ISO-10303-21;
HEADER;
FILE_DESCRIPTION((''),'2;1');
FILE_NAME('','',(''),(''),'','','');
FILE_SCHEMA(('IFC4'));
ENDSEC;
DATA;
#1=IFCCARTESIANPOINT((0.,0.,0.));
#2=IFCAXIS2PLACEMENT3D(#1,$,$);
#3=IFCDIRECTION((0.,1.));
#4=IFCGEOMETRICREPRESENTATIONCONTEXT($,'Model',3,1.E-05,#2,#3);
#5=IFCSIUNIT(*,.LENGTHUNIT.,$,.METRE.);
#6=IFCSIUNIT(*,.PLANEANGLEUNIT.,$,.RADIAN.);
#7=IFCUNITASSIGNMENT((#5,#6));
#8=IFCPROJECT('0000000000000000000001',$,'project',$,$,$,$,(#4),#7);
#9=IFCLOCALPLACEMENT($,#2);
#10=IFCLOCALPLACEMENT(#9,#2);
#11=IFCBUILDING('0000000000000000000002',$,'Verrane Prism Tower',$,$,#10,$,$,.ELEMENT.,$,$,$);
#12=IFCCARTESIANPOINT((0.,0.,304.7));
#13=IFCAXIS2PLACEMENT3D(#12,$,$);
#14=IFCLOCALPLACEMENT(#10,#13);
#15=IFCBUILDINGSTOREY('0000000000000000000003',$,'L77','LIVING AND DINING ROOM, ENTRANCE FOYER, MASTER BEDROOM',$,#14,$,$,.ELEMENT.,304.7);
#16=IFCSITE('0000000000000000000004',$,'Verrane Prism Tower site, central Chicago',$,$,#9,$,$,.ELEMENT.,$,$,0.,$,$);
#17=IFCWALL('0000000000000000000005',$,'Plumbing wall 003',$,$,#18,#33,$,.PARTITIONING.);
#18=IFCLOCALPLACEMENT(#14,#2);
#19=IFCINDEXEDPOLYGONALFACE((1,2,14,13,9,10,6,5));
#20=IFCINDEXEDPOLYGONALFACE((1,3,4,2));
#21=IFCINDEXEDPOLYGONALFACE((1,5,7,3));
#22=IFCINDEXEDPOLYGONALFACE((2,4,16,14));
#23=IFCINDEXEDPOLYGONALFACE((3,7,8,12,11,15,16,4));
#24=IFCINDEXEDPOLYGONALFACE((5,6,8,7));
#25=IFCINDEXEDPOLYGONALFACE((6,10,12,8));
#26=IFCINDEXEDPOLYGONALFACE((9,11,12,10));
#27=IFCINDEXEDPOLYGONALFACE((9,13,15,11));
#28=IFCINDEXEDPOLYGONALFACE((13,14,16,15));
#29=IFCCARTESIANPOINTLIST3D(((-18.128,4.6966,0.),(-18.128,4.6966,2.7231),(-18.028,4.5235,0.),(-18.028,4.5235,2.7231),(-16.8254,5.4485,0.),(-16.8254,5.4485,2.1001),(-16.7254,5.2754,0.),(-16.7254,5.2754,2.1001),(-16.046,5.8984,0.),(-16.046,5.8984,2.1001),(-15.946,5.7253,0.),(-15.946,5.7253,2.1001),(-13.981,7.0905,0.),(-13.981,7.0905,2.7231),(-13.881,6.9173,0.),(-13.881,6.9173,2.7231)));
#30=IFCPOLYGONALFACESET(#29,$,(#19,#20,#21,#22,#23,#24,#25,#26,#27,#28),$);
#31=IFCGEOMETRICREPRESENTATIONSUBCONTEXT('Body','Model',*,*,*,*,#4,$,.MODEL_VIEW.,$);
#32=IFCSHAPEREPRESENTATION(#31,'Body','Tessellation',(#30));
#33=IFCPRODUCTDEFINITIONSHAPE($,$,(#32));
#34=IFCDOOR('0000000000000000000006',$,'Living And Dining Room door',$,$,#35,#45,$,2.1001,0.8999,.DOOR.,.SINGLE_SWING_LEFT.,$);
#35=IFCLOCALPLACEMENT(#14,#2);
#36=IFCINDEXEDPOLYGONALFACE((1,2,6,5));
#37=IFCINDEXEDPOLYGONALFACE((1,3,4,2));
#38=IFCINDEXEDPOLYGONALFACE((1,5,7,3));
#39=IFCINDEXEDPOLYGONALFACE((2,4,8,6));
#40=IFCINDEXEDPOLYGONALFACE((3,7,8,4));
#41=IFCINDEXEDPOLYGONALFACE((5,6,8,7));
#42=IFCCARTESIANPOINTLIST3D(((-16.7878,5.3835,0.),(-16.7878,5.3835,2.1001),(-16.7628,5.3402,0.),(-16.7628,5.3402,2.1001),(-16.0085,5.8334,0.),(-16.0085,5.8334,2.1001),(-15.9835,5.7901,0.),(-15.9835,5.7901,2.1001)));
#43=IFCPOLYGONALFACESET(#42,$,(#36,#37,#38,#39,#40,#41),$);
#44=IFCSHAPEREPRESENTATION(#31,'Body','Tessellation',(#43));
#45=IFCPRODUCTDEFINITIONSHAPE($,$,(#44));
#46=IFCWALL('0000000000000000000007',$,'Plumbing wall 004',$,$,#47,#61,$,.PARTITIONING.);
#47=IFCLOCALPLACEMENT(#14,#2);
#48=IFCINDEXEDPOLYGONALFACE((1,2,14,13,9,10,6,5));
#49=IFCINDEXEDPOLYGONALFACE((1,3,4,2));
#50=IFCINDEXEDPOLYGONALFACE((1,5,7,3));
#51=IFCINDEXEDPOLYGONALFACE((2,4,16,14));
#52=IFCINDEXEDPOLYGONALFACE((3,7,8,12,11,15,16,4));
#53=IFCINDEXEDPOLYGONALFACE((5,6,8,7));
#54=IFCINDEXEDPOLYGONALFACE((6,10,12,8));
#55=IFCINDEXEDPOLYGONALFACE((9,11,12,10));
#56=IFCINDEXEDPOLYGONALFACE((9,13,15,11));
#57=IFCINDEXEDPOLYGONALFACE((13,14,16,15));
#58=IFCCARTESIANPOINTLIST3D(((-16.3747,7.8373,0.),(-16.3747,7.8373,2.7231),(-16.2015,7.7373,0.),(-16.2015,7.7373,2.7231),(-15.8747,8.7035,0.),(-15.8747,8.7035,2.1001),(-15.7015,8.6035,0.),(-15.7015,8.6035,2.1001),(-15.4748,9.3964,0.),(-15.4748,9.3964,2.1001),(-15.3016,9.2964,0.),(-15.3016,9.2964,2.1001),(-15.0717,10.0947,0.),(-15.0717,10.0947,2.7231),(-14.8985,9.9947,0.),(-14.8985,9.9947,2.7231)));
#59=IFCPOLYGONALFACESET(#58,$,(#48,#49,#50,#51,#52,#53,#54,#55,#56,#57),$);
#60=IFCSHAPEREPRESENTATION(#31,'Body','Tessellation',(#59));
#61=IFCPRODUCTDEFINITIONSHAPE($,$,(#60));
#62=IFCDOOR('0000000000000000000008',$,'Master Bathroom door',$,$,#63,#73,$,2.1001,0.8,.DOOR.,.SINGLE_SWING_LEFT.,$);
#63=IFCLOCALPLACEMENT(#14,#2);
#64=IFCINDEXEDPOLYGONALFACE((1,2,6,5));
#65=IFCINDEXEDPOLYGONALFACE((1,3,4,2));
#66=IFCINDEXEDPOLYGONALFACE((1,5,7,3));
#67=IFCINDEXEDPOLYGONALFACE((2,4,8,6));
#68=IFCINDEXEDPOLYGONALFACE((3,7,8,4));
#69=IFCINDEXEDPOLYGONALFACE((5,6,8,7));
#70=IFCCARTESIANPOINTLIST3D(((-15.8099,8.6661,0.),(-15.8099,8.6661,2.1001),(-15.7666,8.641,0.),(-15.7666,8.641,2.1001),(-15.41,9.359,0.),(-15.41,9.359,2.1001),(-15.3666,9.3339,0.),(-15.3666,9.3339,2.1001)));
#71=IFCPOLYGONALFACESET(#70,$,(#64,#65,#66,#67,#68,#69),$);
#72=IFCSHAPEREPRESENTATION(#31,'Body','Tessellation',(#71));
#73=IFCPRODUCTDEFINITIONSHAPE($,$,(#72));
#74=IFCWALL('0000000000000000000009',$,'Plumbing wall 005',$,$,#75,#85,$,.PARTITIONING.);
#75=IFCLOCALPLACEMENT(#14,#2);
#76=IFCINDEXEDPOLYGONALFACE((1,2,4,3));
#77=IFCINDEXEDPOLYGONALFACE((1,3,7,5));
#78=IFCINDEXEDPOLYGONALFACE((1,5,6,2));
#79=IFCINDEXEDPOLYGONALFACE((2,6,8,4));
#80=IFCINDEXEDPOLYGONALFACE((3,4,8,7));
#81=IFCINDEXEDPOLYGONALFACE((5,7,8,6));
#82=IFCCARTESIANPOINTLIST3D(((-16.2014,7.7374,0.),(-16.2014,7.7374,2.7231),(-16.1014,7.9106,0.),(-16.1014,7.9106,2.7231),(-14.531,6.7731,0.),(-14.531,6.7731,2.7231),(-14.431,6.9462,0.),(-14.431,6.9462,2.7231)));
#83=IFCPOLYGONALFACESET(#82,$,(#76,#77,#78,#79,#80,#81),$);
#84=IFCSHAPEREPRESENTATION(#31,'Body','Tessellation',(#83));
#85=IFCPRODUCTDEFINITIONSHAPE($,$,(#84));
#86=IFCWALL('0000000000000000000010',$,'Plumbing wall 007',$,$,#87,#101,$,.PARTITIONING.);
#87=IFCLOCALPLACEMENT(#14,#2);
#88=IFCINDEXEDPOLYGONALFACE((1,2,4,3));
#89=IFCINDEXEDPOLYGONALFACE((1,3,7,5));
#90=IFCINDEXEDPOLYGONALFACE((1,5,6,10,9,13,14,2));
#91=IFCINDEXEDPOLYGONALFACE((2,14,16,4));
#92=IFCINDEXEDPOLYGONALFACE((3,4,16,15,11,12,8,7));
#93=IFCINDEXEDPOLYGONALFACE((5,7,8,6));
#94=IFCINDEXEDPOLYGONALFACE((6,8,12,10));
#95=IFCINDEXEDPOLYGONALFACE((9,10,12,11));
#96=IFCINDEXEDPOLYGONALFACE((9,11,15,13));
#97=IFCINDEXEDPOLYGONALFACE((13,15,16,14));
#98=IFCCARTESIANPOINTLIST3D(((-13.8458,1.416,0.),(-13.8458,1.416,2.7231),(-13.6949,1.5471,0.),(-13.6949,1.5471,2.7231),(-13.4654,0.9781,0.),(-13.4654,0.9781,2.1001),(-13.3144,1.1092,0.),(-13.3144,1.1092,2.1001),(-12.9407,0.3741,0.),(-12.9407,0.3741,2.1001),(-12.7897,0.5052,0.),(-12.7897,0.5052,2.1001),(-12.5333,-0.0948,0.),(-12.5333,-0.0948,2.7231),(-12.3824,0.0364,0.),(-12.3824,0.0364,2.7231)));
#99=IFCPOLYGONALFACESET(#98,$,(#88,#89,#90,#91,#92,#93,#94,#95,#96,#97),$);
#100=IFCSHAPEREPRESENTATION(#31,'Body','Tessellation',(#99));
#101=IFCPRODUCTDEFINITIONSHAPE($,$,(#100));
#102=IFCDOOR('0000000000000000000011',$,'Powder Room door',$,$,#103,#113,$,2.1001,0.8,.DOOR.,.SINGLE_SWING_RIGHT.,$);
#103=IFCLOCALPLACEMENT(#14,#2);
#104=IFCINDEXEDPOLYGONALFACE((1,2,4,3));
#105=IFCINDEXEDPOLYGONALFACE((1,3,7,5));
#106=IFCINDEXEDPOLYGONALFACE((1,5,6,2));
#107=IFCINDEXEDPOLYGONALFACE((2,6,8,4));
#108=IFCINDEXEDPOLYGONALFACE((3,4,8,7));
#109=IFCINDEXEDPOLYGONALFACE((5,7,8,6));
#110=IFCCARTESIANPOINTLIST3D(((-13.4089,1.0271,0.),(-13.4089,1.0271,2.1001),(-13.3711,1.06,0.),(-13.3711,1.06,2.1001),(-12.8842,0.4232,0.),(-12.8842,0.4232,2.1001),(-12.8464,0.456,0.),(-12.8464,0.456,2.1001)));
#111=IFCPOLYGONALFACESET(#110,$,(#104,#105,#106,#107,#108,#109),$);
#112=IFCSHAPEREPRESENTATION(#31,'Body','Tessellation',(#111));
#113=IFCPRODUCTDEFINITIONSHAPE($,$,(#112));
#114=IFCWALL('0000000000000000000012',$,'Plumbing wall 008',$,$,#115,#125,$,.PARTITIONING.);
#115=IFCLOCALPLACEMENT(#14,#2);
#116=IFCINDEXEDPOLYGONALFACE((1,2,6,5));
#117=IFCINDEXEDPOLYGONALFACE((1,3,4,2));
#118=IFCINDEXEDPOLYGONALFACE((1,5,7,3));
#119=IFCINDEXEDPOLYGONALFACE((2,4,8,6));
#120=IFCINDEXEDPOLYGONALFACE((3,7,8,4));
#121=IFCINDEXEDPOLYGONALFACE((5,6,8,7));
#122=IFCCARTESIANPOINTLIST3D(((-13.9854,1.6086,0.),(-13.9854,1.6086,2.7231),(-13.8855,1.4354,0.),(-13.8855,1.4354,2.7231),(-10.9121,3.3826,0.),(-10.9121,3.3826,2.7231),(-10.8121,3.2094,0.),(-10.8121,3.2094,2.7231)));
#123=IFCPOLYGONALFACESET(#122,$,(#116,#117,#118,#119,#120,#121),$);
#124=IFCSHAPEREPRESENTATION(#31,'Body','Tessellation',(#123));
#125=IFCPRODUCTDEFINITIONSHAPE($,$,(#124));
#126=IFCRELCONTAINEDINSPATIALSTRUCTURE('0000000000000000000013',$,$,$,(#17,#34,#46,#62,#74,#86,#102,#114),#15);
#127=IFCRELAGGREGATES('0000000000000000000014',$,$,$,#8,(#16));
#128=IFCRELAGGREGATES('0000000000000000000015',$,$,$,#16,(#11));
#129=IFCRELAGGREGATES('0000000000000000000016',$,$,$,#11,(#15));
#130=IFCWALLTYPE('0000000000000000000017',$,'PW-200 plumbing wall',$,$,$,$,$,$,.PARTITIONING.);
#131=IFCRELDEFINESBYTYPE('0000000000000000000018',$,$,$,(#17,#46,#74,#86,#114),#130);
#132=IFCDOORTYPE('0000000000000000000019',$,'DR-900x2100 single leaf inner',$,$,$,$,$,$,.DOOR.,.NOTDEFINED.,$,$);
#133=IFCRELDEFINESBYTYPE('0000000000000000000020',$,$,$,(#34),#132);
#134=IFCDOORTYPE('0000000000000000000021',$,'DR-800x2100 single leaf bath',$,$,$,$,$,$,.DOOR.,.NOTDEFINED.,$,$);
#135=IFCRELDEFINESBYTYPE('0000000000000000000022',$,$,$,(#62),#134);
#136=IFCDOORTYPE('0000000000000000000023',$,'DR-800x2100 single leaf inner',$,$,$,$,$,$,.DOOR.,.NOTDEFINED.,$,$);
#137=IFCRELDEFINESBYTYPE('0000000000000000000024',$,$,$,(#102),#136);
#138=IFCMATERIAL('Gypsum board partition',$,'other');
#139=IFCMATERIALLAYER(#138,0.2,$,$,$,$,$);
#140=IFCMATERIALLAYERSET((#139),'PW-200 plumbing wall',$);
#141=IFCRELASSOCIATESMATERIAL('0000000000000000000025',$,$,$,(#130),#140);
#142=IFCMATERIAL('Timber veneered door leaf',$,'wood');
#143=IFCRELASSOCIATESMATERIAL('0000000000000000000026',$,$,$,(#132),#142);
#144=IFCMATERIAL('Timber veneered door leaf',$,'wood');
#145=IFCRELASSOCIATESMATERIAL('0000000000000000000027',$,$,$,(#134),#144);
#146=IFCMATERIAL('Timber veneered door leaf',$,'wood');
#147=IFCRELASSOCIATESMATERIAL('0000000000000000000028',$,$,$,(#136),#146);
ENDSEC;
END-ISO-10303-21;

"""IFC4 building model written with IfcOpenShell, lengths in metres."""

from ifc_helpers import new_model, si_unit, direction, frame, frame_2d, origin, place, context, subcontext, project, spatial, rectangle, extrude, material, layer, layer_set, type_object, element, fill, save


model = new_model("IFC4")

# Units and contexts
model_context = context("Model", 3, precision=1e-05, world=origin(), true_north=direction((0.0, 1.0)))
body_context = subcontext(model_context, "Body", "Model", "MODEL_VIEW")
ifc_project = project(units=[si_unit("LENGTHUNIT", "METRE"), si_unit("PLANEANGLEUNIT", "RADIAN")], contexts=[model_context])

# Site, building, storey
site_placement = place(None, origin())
site = spatial("IfcSite", under=ifc_project, at=site_placement, Name="Verrane Prism Tower site, central Chicago", CompositionType="ELEMENT", RefElevation=0.0)
building_placement = place(site_placement, origin())
building = spatial("IfcBuilding", under=site, at=building_placement, Name="Verrane Prism Tower", CompositionType="ELEMENT")
storey_placement = place(building_placement, frame((0.0, 0.0, 304.7)))
storey = spatial("IfcBuildingStorey", under=building, at=storey_placement, Name="L77", Description="LIVING AND DINING ROOM, ENTRANCE FOYER, MASTER BEDROOM", CompositionType="ELEMENT", Elevation=304.7)

# Walls, openings, doors
ifc_material_1 = material(Name="Gypsum board partition", Category="other")
ifc_layer_1 = layer(ifc_material_1, 0.2)
ifc_layer_set_1 = layer_set([ifc_layer_1], Name="PW-200 plumbing wall")
wall_type_1 = type_object("IfcWallType", Name="PW-200 plumbing wall", PredefinedType="PARTITIONING", material=ifc_layer_set_1)
wall_1_placement = place(storey_placement, frame((-18.0779, 4.6101, 0.0), z_axis=(0.0, 0.0, 1.0), x_axis=(0.866067, 0.499928, 0.0)))
wall_1 = element("IfcWall", 1, at=wall_1_placement, inside=storey, type_object=wall_type_1, Name="Plumbing wall 003", PredefinedType="PARTITIONING", context=body_context, shape_type="SweptSolid", body=[
    extrude(rectangle(XDim=4.7883, YDim=0.2, at=frame_2d((2.394, 0.0))), origin(), (0.0, 0.0, 1.0), 2.7231),
])
opening_1_placement = place(wall_1_placement, frame((1.5039, 0.0, 0.0)))
opening_1 = element("IfcOpeningElement", 2, at=opening_1_placement, cuts=wall_1, PredefinedType="OPENING", context=body_context, shape_type="SweptSolid", body=[
    extrude(rectangle(XDim=0.8999, YDim=2.1001, at=frame_2d((0.45, 1.05))), frame((0.0, 0.1099, 0.0), z_axis=(0.0, -1.0, 0.0), x_axis=(1.0, 0.0, 0.0)), (0.0, 0.0, 1.0), 0.22),
])
ifc_material_2 = material(Name="Timber veneered door leaf", Category="wood")
door_type_1 = type_object("IfcDoorType", Name="DR-900x2100 single leaf inner", OperationType="NOTDEFINED", PredefinedType="DOOR", material=ifc_material_2)
door_1_placement = place(opening_1_placement, origin())
door_1 = element("IfcDoor", 3, at=door_1_placement, inside=storey, type_object=door_type_1, Name="Living And Dining Room door", OperationType="SINGLE_SWING_LEFT", OverallHeight=2.1001, OverallWidth=0.8999, PredefinedType="DOOR", context=body_context, shape_type="SweptSolid", body=[
    extrude(rectangle(XDim=0.8999, YDim=2.1001, at=frame_2d((0.45, 1.05))), frame((0.0, 0.0249, 0.0), z_axis=(0.0, -1.0, 0.0), x_axis=(1.0, 0.0, 0.0)), (0.0, 0.0, 1.0), 0.05),
])
fill(opening_1, door_1)
wall_2_placement = place(storey_placement, frame((-14.9851, 10.0447, 0.0), z_axis=(0.0, 0.0, 1.0), x_axis=(-0.499917, -0.866073, 0.0)))
wall_2 = element("IfcWall", 4, at=wall_2_placement, inside=storey, type_object=wall_type_1, Name="Plumbing wall 004", PredefinedType="PARTITIONING", context=body_context, shape_type="SweptSolid", body=[
    extrude(rectangle(XDim=2.6064, YDim=0.2, at=frame_2d((1.3032, 0.0))), origin(), (0.0, 0.0, 1.0), 2.7231),
])
opening_2_placement = place(wall_2_placement, frame((0.8064, 0.0, 0.0)))
opening_2 = element("IfcOpeningElement", 5, at=opening_2_placement, cuts=wall_2, PredefinedType="OPENING", context=body_context, shape_type="SweptSolid", body=[
    extrude(rectangle(XDim=0.8, YDim=2.1001, at=frame_2d((0.3999, 1.05))), frame((0.0, 0.1099, 0.0), z_axis=(0.0, -1.0, 0.0), x_axis=(1.0, 0.0, 0.0)), (0.0, 0.0, 1.0), 0.22),
])
ifc_material_3 = material(Name="Timber veneered door leaf", Category="wood")
door_type_2 = type_object("IfcDoorType", Name="DR-800x2100 single leaf bath", OperationType="NOTDEFINED", PredefinedType="DOOR", material=ifc_material_3)
door_2_placement = place(opening_2_placement, origin())
door_2 = element("IfcDoor", 6, at=door_2_placement, inside=storey, type_object=door_type_2, Name="Master Bathroom door", OperationType="SINGLE_SWING_LEFT", OverallHeight=2.1001, OverallWidth=0.8, PredefinedType="DOOR", context=body_context, shape_type="SweptSolid", body=[
    extrude(rectangle(XDim=0.8, YDim=2.1001, at=frame_2d((0.3999, 1.05))), frame((0.0, 0.0249, 0.0), z_axis=(0.0, -1.0, 0.0), x_axis=(1.0, 0.0, 0.0)), (0.0, 0.0, 1.0), 0.05),
])
fill(opening_2, door_2)

# Wall
wall_3_placement = place(storey_placement, frame((-16.1514, 7.824, 0.0), z_axis=(0.0, 0.0, 1.0), x_axis=(0.866038, -0.499978, 0.0)))
element("IfcWall", 7, at=wall_3_placement, inside=storey, type_object=wall_type_1, Name="Plumbing wall 005", PredefinedType="PARTITIONING", context=body_context, shape_type="SweptSolid", body=[
    extrude(rectangle(XDim=1.9287, YDim=0.2, at=frame_2d((0.9644, 0.0))), origin(), (0.0, 0.0, 1.0), 2.7231),
])

# Wall, opening, door
wall_4_placement = place(storey_placement, frame((-13.7703, 1.4814, 0.0), z_axis=(0.0, 0.0, 1.0), x_axis=(0.65584, -0.7549, 0.0)))
wall_4 = element("IfcWall", 8, at=wall_4_placement, inside=storey, type_object=wall_type_1, Name="Plumbing wall 007", PredefinedType="PARTITIONING", context=body_context, shape_type="SweptSolid", body=[
    extrude(rectangle(XDim=2.0012, YDim=0.2, at=frame_2d((1.0005, 0.0))), origin(), (0.0, 0.0, 1.0), 2.7231),
])
opening_3_placement = place(wall_4_placement, frame((0.5801, 0.0, 0.0)))
opening_3 = element("IfcOpeningElement", 9, at=opening_3_placement, cuts=wall_4, PredefinedType="OPENING", context=body_context, shape_type="SweptSolid", body=[
    extrude(rectangle(XDim=0.8, YDim=2.1001, at=frame_2d((0.3999, 1.05))), frame((0.0, 0.1099, 0.0), z_axis=(0.0, -1.0, 0.0), x_axis=(1.0, 0.0, 0.0)), (0.0, 0.0, 1.0), 0.22),
])
ifc_material_4 = material(Name="Timber veneered door leaf", Category="wood")
door_type_3 = type_object("IfcDoorType", Name="DR-800x2100 single leaf inner", OperationType="NOTDEFINED", PredefinedType="DOOR", material=ifc_material_4)
door_3_placement = place(opening_3_placement, origin())
door_3 = element("IfcDoor", 10, at=door_3_placement, inside=storey, type_object=door_type_3, Name="Powder Room door", OperationType="SINGLE_SWING_RIGHT", OverallHeight=2.1001, OverallWidth=0.8, PredefinedType="DOOR", context=body_context, shape_type="SweptSolid", body=[
    extrude(rectangle(XDim=0.8, YDim=2.1001, at=frame_2d((0.3999, 1.05))), frame((0.0, 0.0249, 0.0), z_axis=(0.0, -1.0, 0.0), x_axis=(1.0, 0.0, 0.0)), (0.0, 0.0, 1.0), 0.05),
])
fill(opening_3, door_3)

# Wall
wall_5_placement = place(storey_placement, frame((-13.9355, 1.522, 0.0), z_axis=(0.0, 0.0, 1.0), x_axis=(0.866076, 0.499913, 0.0)))
element("IfcWall", 11, at=wall_5_placement, inside=storey, type_object=wall_type_1, Name="Plumbing wall 008", PredefinedType="PARTITIONING", context=body_context, shape_type="SweptSolid", body=[
    extrude(rectangle(XDim=3.5486, YDim=0.2, at=frame_2d((1.7744, 0.0))), origin(), (0.0, 0.0, 1.0), 2.7231),
])

save(model, "model.ifc")
